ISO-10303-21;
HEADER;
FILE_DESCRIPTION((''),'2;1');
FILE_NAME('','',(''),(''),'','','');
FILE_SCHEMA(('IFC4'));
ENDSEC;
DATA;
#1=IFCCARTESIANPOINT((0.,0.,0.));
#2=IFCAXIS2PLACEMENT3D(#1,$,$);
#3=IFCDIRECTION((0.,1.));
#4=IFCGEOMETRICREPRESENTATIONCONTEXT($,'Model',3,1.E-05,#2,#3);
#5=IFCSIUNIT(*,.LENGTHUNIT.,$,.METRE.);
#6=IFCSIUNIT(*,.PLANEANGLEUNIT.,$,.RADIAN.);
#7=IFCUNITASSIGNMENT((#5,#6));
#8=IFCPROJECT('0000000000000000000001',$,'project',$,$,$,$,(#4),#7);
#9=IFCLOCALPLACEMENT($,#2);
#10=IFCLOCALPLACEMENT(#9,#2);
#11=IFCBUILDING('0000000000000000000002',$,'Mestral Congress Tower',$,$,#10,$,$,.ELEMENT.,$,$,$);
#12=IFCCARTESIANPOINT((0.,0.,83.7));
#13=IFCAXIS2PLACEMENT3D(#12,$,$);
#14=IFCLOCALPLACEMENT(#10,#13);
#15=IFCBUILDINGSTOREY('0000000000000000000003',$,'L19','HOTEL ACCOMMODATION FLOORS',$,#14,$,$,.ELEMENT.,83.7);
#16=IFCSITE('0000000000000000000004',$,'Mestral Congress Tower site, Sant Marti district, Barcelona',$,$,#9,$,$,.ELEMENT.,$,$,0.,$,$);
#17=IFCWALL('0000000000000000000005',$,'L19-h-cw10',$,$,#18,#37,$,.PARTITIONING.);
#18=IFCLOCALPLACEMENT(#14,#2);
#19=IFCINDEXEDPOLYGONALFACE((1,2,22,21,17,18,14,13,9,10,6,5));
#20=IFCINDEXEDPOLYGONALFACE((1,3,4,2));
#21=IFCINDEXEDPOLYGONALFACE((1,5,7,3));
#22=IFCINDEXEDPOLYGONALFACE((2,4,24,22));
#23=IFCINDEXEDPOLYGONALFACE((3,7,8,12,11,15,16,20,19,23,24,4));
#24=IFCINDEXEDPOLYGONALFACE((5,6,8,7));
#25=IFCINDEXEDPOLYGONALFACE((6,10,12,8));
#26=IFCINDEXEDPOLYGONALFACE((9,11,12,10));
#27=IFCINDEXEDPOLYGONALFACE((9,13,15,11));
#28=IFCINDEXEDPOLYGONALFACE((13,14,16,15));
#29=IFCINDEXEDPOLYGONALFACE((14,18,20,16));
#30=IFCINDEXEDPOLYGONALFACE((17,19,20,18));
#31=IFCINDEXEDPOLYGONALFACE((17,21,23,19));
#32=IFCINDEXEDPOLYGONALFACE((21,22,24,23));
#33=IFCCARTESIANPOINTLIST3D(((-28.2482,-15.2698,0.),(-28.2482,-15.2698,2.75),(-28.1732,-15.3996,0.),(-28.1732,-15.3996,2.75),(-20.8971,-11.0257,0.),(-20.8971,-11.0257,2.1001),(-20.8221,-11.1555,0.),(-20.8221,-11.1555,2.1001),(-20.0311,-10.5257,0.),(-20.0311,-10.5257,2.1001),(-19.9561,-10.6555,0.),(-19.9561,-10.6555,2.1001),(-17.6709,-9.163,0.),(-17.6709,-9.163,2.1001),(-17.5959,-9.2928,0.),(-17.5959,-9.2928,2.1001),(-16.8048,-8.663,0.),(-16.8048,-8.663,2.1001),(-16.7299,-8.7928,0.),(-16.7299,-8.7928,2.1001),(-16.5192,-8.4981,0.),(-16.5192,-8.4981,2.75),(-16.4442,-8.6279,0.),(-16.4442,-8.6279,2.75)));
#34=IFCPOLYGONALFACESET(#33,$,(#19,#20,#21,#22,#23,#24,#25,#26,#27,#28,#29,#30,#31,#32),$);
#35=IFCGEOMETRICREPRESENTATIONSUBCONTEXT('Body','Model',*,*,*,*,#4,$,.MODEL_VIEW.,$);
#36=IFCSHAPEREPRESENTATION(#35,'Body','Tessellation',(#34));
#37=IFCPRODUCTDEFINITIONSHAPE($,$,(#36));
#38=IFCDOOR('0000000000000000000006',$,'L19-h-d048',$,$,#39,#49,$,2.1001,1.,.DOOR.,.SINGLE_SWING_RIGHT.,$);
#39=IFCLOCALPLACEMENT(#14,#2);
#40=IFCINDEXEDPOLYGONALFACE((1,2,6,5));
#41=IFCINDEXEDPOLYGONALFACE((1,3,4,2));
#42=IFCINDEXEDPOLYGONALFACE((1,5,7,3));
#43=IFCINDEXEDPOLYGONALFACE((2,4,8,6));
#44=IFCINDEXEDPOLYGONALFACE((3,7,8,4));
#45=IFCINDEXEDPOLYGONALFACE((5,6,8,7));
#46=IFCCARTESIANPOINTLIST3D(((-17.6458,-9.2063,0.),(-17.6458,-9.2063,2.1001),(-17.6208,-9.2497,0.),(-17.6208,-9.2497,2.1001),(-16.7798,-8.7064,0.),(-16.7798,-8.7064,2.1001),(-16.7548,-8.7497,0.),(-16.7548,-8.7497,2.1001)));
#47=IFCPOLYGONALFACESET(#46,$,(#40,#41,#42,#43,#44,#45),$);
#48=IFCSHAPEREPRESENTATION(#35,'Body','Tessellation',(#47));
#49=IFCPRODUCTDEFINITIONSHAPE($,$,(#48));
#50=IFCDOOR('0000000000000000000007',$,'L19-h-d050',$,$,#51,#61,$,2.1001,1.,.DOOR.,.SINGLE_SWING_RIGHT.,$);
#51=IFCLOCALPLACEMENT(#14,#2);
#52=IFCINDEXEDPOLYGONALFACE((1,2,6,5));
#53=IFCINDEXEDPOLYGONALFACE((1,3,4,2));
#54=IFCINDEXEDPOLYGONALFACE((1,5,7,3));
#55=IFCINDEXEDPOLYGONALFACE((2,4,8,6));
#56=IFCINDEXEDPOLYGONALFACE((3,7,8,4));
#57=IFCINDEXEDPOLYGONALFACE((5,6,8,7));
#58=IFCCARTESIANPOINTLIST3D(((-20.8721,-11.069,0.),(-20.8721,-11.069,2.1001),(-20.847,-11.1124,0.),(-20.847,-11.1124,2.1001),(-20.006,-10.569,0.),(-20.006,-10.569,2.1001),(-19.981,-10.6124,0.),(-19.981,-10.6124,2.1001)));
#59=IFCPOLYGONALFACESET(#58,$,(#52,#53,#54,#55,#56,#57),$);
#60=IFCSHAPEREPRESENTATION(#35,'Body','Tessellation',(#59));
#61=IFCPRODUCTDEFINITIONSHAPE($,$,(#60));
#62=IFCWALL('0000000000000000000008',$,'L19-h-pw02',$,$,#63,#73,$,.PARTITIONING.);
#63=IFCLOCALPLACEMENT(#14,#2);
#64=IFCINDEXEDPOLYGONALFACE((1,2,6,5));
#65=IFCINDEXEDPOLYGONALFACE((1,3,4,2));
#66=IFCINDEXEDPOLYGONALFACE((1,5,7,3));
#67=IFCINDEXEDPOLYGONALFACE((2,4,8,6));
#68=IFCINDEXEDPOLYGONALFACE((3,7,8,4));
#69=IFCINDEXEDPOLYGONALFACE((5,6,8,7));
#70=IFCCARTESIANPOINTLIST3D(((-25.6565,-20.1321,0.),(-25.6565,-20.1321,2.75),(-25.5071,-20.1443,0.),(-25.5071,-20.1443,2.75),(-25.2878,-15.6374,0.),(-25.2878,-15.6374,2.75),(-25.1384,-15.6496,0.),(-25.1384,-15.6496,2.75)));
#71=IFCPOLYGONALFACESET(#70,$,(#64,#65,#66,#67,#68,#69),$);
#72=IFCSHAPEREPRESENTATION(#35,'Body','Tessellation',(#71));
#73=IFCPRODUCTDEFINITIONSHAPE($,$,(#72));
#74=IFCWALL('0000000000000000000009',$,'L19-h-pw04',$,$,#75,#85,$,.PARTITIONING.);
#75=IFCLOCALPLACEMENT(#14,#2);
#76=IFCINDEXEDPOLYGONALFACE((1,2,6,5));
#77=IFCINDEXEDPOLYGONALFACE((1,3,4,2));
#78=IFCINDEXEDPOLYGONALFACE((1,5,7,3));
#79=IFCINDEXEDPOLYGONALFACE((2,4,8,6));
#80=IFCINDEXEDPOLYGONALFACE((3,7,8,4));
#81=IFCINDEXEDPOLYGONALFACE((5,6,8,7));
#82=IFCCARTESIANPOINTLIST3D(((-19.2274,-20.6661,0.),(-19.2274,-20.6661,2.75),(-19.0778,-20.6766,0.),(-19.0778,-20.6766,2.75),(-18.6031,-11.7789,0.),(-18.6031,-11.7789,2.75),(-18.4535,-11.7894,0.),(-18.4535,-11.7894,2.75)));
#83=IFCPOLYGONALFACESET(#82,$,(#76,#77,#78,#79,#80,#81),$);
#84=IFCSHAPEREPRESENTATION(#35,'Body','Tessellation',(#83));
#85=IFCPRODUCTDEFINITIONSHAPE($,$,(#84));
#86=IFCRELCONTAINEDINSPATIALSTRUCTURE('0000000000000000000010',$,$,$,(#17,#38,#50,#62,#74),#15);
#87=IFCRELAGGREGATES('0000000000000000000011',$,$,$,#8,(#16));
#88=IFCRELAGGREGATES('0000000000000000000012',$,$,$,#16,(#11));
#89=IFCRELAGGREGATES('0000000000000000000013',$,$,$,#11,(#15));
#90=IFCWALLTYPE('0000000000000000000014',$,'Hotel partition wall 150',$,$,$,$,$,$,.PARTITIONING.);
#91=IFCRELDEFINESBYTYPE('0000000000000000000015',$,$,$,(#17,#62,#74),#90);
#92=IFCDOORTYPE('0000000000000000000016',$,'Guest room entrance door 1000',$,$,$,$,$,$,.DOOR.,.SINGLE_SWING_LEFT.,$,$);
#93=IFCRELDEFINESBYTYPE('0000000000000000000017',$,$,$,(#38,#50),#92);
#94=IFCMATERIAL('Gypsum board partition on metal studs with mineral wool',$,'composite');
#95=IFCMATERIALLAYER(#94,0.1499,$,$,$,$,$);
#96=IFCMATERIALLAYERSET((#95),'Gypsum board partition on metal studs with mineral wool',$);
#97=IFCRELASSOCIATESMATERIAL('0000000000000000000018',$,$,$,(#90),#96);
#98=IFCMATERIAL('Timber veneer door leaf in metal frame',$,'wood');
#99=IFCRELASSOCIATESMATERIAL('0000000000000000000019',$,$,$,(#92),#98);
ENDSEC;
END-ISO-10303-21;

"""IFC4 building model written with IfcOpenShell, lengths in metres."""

from ifc_helpers import new_model, si_unit, direction, frame, frame_2d, origin, place, context, subcontext, project, spatial, rectangle, extrude, material, layer, layer_set, type_object, element, fill, save


model = new_model("IFC4")

# Units and contexts
model_context = context("Model", 3, precision=1e-05, world=origin(), true_north=direction((0.0, 1.0)))
body_context = subcontext(model_context, "Body", "Model", "MODEL_VIEW")
ifc_project = project(units=[si_unit("LENGTHUNIT", "METRE"), si_unit("PLANEANGLEUNIT", "RADIAN")], contexts=[model_context])

# Site, building, storey
site_placement = place(None, origin())
site = spatial("IfcSite", under=ifc_project, at=site_placement, Name="Mestral Congress Tower site, Sant Marti district, Barcelona", CompositionType="ELEMENT", RefElevation=0.0)
building_placement = place(site_placement, origin())
building = spatial("IfcBuilding", under=site, at=building_placement, Name="Mestral Congress Tower", CompositionType="ELEMENT")
storey_placement = place(building_placement, frame((0.0, 0.0, 83.7)))
storey = spatial("IfcBuildingStorey", under=building, at=storey_placement, Name="L19", Description="HOTEL ACCOMMODATION FLOORS", CompositionType="ELEMENT", Elevation=83.7)

# Shared definitions
ifc_material_1 = material(Name="Gypsum board partition on metal studs with mineral wool", Category="composite")

# Wall, openings, doors
ifc_layer_1 = layer(ifc_material_1, 0.1499)
ifc_layer_set_1 = layer_set([ifc_layer_1], Name="Gypsum board partition on metal studs with mineral wool")
wall_type_1 = type_object("IfcWallType", Name="Hotel partition wall 150", PredefinedType="PARTITIONING", material=ifc_layer_set_1)
wall_1_placement = place(storey_placement, frame((-28.2107, -15.3347, 0.0), z_axis=(0.0, 0.0, 1.0), x_axis=(0.866026, 0.499999, 0.0)))
wall_1 = element("IfcWall", 1, at=wall_1_placement, inside=storey, type_object=wall_type_1, Name="L19-h-cw10", PredefinedType="PARTITIONING", context=body_context, shape_type="SweptSolid", body=[
    extrude(rectangle(XDim=13.5435, YDim=0.1499, at=frame_2d((6.7717, 0.0))), origin(), (0.0, 0.0, 1.0), 2.75),
])
opening_1_placement = place(wall_1_placement, frame((12.2136, 0.0, 0.0)))
opening_1 = element("IfcOpeningElement", 2, at=opening_1_placement, cuts=wall_1, PredefinedType="OPENING", context=body_context, shape_type="SweptSolid", body=[
    extrude(rectangle(XDim=1.0, YDim=2.1001, at=frame_2d((0.5, 1.05))), frame((0.0, 0.085, 0.0), z_axis=(0.0, -1.0, 0.0), x_axis=(1.0, 0.0, 0.0)), (0.0, 0.0, 1.0), 0.1699),
])
opening_2_placement = place(wall_1_placement, frame((8.4883, 0.0, 0.0)))
opening_2 = element("IfcOpeningElement", 3, at=opening_2_placement, cuts=wall_1, PredefinedType="OPENING", context=body_context, shape_type="SweptSolid", body=[
    extrude(rectangle(XDim=1.0, YDim=2.1001, at=frame_2d((0.5, 1.05))), frame((0.0, 0.085, 0.0), z_axis=(0.0, -1.0, 0.0), x_axis=(1.0, 0.0, 0.0)), (0.0, 0.0, 1.0), 0.1699),
])
ifc_material_2 = material(Name="Timber veneer door leaf in metal frame", Category="wood")
door_type_1 = type_object("IfcDoorType", Name="Guest room entrance door 1000", OperationType="SINGLE_SWING_LEFT", PredefinedType="DOOR", material=ifc_material_2)
door_1_placement = place(opening_1_placement, origin())
door_1 = element("IfcDoor", 4, at=door_1_placement, inside=storey, type_object=door_type_1, Name="L19-h-d048", OperationType="SINGLE_SWING_RIGHT", OverallHeight=2.1001, OverallWidth=1.0, PredefinedType="DOOR", context=body_context, shape_type="SweptSolid", body=[
    extrude(rectangle(XDim=1.0, YDim=2.1001, at=frame_2d((0.5, 1.05))), frame((0.0, 0.0249, 0.0), z_axis=(0.0, -1.0, 0.0), x_axis=(1.0, 0.0, 0.0)), (0.0, 0.0, 1.0), 0.05),
])
fill(opening_1, door_1)
door_2_placement = place(opening_2_placement, origin())
door_2 = element("IfcDoor", 5, at=door_2_placement, inside=storey, type_object=door_type_1, Name="L19-h-d050", OperationType="SINGLE_SWING_RIGHT", OverallHeight=2.1001, OverallWidth=1.0, PredefinedType="DOOR", context=body_context, shape_type="SweptSolid", body=[
    extrude(rectangle(XDim=1.0, YDim=2.1001, at=frame_2d((0.5, 1.05))), frame((0.0, 0.0249, 0.0), z_axis=(0.0, -1.0, 0.0), x_axis=(1.0, 0.0, 0.0)), (0.0, 0.0, 1.0), 0.05),
])
fill(opening_2, door_2)

# Walls
wall_2_placement = place(storey_placement, frame((-25.5818, -20.1382, 0.0), z_axis=(0.0, 0.0, 1.0), x_axis=(0.081746, 0.996653, 0.0)))
element("IfcWall", 6, at=wall_2_placement, inside=storey, type_object=wall_type_1, Name="L19-h-pw02", PredefinedType="PARTITIONING", context=body_context, shape_type="SweptSolid", body=[
    extrude(rectangle(XDim=4.5098, YDim=0.1499, at=frame_2d((2.2549, 0.0))), origin(), (0.0, 0.0, 1.0), 2.75),
])
wall_3_placement = place(storey_placement, frame((-19.1526, -20.6714, 0.0), z_axis=(0.0, 0.0, 1.0), x_axis=(0.070071, 0.997542, 0.0)))
element("IfcWall", 7, at=wall_3_placement, inside=storey, type_object=wall_type_1, Name="L19-h-pw04", PredefinedType="PARTITIONING", context=body_context, shape_type="SweptSolid", body=[
    extrude(rectangle(XDim=8.9092, YDim=0.1499, at=frame_2d((4.4546, 0.0))), origin(), (0.0, 0.0, 1.0), 2.75),
])

save(model, "model.ifc")
